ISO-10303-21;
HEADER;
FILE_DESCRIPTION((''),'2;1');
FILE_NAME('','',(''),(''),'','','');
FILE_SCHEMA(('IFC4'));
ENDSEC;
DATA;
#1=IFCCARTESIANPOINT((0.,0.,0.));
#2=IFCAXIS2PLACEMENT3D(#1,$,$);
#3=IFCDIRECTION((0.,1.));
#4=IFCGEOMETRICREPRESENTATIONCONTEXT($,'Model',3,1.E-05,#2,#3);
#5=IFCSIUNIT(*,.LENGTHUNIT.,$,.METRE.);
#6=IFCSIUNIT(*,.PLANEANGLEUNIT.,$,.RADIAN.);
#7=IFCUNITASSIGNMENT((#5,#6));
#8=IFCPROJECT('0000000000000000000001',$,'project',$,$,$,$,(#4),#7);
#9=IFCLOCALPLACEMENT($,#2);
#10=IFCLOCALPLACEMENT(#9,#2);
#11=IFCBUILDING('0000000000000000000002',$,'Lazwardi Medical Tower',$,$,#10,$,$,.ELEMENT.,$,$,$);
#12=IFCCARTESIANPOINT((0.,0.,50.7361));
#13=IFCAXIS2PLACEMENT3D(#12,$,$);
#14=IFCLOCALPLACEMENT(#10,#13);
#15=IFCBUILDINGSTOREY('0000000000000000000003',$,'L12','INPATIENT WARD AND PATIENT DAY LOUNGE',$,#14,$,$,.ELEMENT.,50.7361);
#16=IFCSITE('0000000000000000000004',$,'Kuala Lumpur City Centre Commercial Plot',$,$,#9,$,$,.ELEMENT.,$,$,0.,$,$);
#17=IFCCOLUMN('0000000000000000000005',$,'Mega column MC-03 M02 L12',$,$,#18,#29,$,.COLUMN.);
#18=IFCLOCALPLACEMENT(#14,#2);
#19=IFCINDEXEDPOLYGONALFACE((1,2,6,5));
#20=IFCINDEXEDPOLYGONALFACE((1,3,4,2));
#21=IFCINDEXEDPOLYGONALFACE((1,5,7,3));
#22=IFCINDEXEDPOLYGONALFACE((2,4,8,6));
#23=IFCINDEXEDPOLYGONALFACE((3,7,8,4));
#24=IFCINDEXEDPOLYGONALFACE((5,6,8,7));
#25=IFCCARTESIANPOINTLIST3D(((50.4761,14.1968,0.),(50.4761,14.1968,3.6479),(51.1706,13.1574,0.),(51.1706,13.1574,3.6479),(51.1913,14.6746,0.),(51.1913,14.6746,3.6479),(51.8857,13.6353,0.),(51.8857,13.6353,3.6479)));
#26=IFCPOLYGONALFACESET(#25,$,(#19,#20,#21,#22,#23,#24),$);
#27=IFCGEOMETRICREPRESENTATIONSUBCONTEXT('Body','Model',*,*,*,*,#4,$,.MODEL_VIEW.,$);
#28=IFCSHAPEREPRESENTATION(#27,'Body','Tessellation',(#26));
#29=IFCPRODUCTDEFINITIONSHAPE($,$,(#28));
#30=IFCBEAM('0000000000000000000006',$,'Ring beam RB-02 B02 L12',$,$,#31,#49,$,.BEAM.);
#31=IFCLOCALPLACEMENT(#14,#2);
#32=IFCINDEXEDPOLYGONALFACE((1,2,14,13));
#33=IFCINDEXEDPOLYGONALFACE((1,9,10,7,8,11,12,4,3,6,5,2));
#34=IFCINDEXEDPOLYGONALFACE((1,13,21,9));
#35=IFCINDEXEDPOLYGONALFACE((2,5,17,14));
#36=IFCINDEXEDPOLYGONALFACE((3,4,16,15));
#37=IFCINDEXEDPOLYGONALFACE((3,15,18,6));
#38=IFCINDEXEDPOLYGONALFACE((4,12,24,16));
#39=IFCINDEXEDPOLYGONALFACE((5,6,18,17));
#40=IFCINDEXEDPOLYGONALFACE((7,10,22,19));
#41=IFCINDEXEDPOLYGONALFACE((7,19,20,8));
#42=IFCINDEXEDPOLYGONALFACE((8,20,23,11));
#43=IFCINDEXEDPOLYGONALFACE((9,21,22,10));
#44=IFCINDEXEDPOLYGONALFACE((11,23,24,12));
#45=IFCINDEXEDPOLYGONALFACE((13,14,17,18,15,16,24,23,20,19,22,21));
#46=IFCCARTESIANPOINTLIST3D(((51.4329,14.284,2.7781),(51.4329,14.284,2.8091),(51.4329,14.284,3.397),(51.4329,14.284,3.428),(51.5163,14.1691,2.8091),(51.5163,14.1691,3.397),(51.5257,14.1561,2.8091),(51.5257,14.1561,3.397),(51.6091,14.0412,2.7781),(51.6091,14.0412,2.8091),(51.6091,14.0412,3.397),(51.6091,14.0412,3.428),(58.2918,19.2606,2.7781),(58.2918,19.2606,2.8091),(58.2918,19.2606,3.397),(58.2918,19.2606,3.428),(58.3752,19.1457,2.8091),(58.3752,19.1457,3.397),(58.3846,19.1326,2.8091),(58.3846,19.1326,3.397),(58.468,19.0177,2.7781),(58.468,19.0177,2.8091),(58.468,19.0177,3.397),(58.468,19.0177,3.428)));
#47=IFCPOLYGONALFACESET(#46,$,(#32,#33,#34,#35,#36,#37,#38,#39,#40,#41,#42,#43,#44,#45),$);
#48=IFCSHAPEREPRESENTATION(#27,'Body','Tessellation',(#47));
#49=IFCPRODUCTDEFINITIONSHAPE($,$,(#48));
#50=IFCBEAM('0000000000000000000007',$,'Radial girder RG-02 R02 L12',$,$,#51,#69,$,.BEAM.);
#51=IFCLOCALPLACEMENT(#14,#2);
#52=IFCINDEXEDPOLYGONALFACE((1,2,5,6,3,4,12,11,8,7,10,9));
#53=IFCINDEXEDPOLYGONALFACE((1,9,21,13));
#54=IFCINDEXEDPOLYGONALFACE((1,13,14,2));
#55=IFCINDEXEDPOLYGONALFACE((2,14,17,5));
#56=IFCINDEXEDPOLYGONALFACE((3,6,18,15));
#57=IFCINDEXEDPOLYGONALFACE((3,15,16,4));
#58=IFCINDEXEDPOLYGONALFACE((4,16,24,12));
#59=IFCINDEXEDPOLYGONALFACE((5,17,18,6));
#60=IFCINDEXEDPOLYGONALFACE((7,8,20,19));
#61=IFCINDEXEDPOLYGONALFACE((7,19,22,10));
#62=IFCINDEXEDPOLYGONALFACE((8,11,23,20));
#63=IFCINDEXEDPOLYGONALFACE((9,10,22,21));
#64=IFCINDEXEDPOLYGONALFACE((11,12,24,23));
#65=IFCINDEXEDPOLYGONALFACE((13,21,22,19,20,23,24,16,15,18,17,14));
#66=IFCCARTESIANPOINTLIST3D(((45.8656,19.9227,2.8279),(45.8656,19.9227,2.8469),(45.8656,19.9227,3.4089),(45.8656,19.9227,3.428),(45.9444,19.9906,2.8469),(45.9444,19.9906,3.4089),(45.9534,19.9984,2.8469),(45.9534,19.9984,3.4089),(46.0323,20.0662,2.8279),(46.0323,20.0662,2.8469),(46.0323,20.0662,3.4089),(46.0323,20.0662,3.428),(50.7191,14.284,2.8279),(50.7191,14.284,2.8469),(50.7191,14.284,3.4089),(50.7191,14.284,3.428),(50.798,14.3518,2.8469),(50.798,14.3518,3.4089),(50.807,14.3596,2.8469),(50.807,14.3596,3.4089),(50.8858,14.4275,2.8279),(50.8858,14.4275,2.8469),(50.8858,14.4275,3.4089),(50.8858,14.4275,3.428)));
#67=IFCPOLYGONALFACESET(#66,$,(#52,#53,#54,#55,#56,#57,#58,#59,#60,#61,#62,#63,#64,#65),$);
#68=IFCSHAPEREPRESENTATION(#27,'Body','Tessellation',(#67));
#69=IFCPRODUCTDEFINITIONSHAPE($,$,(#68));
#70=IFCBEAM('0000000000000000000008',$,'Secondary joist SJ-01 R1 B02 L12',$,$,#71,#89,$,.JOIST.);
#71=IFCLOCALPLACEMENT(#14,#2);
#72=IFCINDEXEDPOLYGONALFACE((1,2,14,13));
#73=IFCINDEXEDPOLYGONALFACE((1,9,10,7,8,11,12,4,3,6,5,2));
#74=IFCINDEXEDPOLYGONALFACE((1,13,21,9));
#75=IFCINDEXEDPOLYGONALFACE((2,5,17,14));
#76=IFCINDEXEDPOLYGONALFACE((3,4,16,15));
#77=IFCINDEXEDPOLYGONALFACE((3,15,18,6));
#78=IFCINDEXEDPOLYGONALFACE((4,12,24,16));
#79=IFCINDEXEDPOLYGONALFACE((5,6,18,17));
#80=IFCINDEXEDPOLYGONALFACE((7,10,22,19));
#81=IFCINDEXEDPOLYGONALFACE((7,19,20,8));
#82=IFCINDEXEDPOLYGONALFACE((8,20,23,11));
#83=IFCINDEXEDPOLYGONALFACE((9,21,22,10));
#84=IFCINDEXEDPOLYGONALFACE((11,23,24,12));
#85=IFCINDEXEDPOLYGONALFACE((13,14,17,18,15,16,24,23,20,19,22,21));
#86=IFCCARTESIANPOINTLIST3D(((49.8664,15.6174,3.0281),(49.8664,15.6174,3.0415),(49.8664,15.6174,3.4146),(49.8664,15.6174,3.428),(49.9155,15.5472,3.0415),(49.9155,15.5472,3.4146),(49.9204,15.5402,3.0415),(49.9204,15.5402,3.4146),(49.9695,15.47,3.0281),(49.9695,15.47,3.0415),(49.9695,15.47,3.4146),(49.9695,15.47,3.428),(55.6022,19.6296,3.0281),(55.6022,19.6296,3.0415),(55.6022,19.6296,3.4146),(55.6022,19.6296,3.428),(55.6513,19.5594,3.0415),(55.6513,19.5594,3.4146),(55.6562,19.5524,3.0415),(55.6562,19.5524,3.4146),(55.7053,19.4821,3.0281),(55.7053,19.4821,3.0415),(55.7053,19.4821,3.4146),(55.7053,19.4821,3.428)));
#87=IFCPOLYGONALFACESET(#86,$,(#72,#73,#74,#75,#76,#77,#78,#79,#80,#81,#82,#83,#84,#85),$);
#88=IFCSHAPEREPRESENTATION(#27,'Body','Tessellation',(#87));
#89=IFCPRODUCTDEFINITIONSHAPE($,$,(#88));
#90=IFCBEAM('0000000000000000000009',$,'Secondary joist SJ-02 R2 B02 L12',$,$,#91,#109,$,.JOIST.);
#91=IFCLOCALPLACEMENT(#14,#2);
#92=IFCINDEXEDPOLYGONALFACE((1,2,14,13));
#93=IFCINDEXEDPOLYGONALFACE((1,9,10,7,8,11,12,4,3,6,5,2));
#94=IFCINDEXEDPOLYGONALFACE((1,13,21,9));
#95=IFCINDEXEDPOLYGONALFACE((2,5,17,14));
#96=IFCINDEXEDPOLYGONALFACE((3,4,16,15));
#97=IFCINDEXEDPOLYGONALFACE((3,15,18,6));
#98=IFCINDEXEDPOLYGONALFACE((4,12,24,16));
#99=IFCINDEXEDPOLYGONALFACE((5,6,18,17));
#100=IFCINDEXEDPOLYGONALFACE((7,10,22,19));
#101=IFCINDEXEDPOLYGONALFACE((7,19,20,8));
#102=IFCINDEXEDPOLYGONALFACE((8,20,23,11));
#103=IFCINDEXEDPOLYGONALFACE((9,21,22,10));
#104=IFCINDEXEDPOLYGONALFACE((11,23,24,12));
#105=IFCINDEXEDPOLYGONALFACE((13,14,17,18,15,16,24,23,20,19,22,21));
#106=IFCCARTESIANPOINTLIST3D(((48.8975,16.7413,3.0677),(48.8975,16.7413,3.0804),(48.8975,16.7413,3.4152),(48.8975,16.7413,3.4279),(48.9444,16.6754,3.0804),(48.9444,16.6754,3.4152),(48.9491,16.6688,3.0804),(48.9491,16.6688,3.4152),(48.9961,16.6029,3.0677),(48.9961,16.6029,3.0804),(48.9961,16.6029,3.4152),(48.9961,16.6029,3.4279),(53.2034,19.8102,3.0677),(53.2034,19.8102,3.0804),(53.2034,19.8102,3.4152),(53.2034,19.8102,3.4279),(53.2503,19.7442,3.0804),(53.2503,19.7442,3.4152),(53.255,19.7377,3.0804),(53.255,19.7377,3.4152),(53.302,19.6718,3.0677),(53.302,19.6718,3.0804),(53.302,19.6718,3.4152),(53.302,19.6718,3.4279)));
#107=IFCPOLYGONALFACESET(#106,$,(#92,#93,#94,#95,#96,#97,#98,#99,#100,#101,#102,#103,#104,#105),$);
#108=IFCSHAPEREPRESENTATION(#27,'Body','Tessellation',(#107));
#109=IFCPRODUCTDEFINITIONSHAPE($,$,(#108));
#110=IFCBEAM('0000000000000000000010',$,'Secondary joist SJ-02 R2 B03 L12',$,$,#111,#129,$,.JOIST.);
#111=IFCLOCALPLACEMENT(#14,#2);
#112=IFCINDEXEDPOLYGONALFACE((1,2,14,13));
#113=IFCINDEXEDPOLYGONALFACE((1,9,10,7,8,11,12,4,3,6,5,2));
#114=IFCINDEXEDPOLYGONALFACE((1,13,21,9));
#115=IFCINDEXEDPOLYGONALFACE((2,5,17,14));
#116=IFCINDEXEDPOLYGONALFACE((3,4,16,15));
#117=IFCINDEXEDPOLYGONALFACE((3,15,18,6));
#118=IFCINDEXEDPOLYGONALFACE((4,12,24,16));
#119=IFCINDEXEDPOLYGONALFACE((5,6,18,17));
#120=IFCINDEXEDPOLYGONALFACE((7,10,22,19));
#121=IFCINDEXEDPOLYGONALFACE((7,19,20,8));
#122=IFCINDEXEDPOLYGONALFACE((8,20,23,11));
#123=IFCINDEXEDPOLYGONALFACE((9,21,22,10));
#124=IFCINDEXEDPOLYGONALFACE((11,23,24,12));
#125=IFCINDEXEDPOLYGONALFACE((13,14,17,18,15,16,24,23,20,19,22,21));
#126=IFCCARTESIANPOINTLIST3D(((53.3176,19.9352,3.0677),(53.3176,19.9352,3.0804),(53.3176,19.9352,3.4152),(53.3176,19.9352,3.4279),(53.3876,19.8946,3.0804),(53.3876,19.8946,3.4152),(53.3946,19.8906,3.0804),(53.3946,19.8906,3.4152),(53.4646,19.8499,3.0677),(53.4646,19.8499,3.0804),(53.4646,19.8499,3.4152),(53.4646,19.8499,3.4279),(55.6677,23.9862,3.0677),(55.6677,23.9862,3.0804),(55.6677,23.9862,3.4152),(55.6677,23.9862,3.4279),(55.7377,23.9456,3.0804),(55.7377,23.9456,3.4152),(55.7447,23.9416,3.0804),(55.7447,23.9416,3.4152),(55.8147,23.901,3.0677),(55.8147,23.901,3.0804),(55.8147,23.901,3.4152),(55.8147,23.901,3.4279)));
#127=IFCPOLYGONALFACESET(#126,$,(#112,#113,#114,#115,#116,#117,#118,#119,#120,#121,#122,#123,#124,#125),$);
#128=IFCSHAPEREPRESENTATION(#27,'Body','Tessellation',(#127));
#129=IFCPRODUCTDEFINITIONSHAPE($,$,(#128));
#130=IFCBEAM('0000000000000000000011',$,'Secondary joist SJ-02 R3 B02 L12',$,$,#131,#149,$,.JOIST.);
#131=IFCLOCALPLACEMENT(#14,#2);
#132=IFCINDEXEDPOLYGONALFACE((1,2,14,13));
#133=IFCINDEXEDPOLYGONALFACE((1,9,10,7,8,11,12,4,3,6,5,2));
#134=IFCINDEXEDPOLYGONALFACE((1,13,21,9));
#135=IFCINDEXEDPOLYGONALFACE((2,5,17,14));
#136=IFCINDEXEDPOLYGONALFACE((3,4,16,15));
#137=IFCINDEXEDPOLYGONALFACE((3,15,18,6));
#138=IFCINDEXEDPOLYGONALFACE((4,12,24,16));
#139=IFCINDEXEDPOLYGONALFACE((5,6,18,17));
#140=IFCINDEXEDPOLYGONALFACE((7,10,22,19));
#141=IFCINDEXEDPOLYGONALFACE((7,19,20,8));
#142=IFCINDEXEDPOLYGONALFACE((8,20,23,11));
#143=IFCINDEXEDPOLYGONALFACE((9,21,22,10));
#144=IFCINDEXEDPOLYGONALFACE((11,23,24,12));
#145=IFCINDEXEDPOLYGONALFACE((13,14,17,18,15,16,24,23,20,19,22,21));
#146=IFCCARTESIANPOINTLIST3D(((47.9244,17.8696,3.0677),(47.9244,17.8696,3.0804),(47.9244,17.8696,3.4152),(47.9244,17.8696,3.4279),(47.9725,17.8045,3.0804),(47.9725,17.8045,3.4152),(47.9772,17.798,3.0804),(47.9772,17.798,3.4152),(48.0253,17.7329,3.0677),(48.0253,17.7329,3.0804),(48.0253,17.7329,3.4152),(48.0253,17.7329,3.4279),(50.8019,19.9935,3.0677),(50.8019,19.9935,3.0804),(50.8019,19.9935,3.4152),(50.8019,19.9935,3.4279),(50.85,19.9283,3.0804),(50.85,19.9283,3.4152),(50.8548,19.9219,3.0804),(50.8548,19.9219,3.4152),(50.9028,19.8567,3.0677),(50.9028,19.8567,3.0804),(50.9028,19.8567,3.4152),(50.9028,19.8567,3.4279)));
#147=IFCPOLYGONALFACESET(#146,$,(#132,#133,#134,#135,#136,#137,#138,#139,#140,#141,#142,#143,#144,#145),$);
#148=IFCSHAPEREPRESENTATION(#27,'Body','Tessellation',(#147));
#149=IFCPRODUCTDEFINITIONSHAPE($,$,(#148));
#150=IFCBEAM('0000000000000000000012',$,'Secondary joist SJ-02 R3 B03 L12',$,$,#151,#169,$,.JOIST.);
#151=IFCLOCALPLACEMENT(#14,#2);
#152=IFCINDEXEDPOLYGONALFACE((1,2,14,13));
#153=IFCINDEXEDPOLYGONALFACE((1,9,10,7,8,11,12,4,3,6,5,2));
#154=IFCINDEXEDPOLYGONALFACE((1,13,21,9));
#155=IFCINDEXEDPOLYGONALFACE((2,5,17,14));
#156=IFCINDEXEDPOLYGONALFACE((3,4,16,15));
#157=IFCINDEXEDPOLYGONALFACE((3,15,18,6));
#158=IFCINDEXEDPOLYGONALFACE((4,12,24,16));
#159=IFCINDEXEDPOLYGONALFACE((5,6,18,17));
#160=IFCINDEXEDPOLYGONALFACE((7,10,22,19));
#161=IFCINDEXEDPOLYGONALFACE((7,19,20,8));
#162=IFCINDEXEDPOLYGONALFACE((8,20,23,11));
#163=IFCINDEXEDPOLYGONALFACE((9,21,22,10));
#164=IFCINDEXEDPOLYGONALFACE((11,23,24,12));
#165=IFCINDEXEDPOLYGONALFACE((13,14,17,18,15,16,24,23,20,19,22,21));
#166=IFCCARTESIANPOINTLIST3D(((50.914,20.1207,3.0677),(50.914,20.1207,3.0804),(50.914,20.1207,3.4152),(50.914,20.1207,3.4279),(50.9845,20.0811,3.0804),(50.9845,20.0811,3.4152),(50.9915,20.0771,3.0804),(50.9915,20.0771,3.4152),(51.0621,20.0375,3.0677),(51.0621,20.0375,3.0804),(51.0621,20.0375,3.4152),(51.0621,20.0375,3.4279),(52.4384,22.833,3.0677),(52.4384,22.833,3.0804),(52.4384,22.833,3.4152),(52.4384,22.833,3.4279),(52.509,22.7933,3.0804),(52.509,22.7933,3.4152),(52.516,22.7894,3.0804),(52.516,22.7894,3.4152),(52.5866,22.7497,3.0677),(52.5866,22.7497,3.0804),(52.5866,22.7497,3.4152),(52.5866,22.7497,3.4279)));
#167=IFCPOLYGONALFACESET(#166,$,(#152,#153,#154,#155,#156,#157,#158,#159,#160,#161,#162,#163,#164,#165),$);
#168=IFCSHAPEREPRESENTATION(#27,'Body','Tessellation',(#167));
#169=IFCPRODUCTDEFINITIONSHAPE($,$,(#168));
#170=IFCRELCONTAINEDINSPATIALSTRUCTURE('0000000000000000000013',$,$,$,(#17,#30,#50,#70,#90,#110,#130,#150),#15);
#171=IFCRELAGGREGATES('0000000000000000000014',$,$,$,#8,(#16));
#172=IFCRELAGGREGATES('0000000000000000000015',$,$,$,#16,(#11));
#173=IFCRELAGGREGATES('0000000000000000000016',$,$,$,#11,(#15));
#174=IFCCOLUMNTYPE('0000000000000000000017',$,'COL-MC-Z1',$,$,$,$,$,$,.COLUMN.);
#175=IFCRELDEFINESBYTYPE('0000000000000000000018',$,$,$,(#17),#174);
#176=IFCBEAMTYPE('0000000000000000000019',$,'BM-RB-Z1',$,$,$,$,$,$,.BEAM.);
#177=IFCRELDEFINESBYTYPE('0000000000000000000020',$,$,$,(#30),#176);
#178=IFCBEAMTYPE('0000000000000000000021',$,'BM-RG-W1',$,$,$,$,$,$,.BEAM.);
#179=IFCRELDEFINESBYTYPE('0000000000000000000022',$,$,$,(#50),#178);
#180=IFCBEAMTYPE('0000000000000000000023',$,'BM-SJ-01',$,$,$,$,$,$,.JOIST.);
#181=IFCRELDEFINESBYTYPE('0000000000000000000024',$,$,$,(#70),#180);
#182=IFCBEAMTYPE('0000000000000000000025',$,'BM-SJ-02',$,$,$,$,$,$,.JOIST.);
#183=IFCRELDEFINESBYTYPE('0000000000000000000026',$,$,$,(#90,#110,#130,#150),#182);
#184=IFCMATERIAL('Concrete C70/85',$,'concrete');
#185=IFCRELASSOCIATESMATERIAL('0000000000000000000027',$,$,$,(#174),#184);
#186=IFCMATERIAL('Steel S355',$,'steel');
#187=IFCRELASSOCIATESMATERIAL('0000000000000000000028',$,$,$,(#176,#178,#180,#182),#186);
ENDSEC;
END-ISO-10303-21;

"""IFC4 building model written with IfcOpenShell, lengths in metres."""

from ifc_helpers import new_model, si_unit, direction, frame, origin, origin_2d, place, context, subcontext, project, spatial, rectangle, i_section, extrude, material, material_profile, profile_set, type_object, element, save


model = new_model("IFC4")

# Units and contexts
model_context = context("Model", 3, precision=1e-05, world=origin(), true_north=direction((0.0, 1.0)))
body_context = subcontext(model_context, "Body", "Model", "MODEL_VIEW")
ifc_project = project(units=[si_unit("LENGTHUNIT", "METRE"), si_unit("PLANEANGLEUNIT", "RADIAN")], contexts=[model_context])

# Site, building, storey
site_placement = place(None, origin())
site = spatial("IfcSite", under=ifc_project, at=site_placement, Name="Kuala Lumpur City Centre Commercial Plot", CompositionType="ELEMENT", RefElevation=0.0)
building_placement = place(site_placement, origin())
building = spatial("IfcBuilding", under=site, at=building_placement, Name="Lazwardi Medical Tower", CompositionType="ELEMENT")
storey_placement = place(building_placement, frame((0.0, 0.0, 50.7361)))
storey = spatial("IfcBuildingStorey", under=building, at=storey_placement, Name="L12", Description="INPATIENT WARD AND PATIENT DAY LOUNGE", CompositionType="ELEMENT", Elevation=50.7361)

# Column
ifc_material_1 = material(Name="Concrete C70/85", Category="concrete")
ifc_material_profile_1 = material_profile(ifc_material_1, rectangle(XDim=1.25, YDim=0.8601, at=origin_2d()), Name="CFT-RECT 1250x860")
ifc_profile_set_1 = profile_set([ifc_material_profile_1], Name="Concrete C70/85")
column_type = type_object("IfcColumnType", Name="COL-MC-Z1", PredefinedType="COLUMN", material=ifc_profile_set_1)
column_placement = place(storey_placement, frame((51.1809, 13.916, 0.0), z_axis=(0.0, 0.0, 1.0), x_axis=(0.55557, -0.83147, 0.0)))
element("IfcColumn", 1, at=column_placement, inside=storey, type_object=column_type, Name="Mega column MC-03 M02 L12", PredefinedType="COLUMN", context=body_context, shape_type="SweptSolid", body=[
    extrude(rectangle(XDim=1.25, YDim=0.8601, at=origin_2d()), origin(), (0.0, 0.0, 1.0), 3.6479),
])

# Beams
ifc_material_2 = material(Name="Steel S355", Category="steel")
ifc_material_profile_2 = material_profile(ifc_material_2, i_section(OverallWidth=0.3, OverallDepth=0.6499, WebThickness=0.0161, FlangeThickness=0.031, at=origin_2d()), Name="HEB 650")
ifc_profile_set_2 = profile_set([ifc_material_profile_2], Name="Steel S355")
beam_type_1 = type_object("IfcBeamType", Name="BM-RB-Z1", PredefinedType="BEAM", material=ifc_profile_set_2)
beam_1_placement = place(storey_placement, frame((51.521, 14.1626, 3.103), z_axis=(0.809393, 0.587267, 0.0), x_axis=(-0.587267, 0.809393, 0.0)))
element("IfcBeam", 2, at=beam_1_placement, inside=storey, type_object=beam_type_1, Name="Ring beam RB-02 B02 L12", PredefinedType="BEAM", context=body_context, shape_type="SweptSolid", body=[
    extrude(i_section(OverallWidth=0.3, OverallDepth=0.6499, WebThickness=0.0161, FlangeThickness=0.031, at=origin_2d()), origin(), (0.0, 0.0, 1.0), 8.4741),
])
ifc_material_profile_3 = material_profile(ifc_material_2, i_section(OverallWidth=0.22, OverallDepth=0.6001, WebThickness=0.012, FlangeThickness=0.019, at=origin_2d()), Name="IPE 600")
ifc_profile_set_3 = profile_set([ifc_material_profile_3], Name="Steel S355")
beam_type_2 = type_object("IfcBeamType", Name="BM-RG-W1", PredefinedType="BEAM", material=ifc_profile_set_3)
beam_2_placement = place(storey_placement, frame((50.8025, 14.3557, 3.1279), z_axis=(-0.652368, 0.757902, 0.0), x_axis=(-0.757902, -0.652368, 0.0)))
element("IfcBeam", 3, at=beam_2_placement, inside=storey, type_object=beam_type_2, Name="Radial girder RG-02 R02 L12", PredefinedType="BEAM", context=body_context, shape_type="SweptSolid", body=[
    extrude(i_section(OverallWidth=0.22, OverallDepth=0.6001, WebThickness=0.012, FlangeThickness=0.019, at=origin_2d()), origin(), (0.0, 0.0, 1.0), 7.4399),
])
ifc_material_profile_4 = material_profile(ifc_material_2, i_section(OverallWidth=0.1799, OverallDepth=0.3999, WebThickness=0.0085, FlangeThickness=0.0134, at=origin_2d()), Name="IPE 400")
ifc_profile_set_4 = profile_set([ifc_material_profile_4], Name="Steel S355")
beam_type_3 = type_object("IfcBeamType", Name="BM-SJ-01", PredefinedType="JOIST", material=ifc_profile_set_4)
beam_3_placement = place(storey_placement, frame((49.918, 15.5437, 3.228), z_axis=(0.819425, 0.573186, 0.0), x_axis=(-0.573186, 0.819425, 0.0)))
element("IfcBeam", 4, at=beam_3_placement, inside=storey, type_object=beam_type_3, Name="Secondary joist SJ-01 R1 B02 L12", PredefinedType="JOIST", context=body_context, shape_type="SweptSolid", body=[
    extrude(i_section(OverallWidth=0.1799, OverallDepth=0.3999, WebThickness=0.0085, FlangeThickness=0.0134, at=origin_2d()), origin(), (0.0, 0.0, 1.0), 6.9998),
])
ifc_material_profile_5 = material_profile(ifc_material_2, i_section(OverallWidth=0.1699, OverallDepth=0.3601, WebThickness=0.0081, FlangeThickness=0.0127, at=origin_2d()), Name="IPE 360")
ifc_profile_set_5 = profile_set([ifc_material_profile_5], Name="Steel S355")
beam_type_4 = type_object("IfcBeamType", Name="BM-SJ-02", PredefinedType="JOIST", material=ifc_profile_set_5)
beam_4_placement = place(storey_placement, frame((48.9468, 16.6721, 3.2478), z_axis=(0.814341, 0.580386, 0.0), x_axis=(-0.580386, 0.814341, 0.0)))
element("IfcBeam", 5, at=beam_4_placement, inside=storey, type_object=beam_type_4, Name="Secondary joist SJ-02 R2 B02 L12", PredefinedType="JOIST", context=body_context, shape_type="SweptSolid", body=[
    extrude(i_section(OverallWidth=0.1699, OverallDepth=0.3601, WebThickness=0.0081, FlangeThickness=0.0127, at=origin_2d()), origin(), (0.0, 0.0, 1.0), 5.2876),
])
beam_5_placement = place(storey_placement, frame((53.3911, 19.8926, 3.2478), z_axis=(0.501798, 0.864985, 0.0), x_axis=(-0.864985, 0.501798, 0.0)))
element("IfcBeam", 6, at=beam_5_placement, inside=storey, type_object=beam_type_4, Name="Secondary joist SJ-02 R2 B03 L12", PredefinedType="JOIST", context=body_context, shape_type="SweptSolid", body=[
    extrude(i_section(OverallWidth=0.1699, OverallDepth=0.3601, WebThickness=0.0081, FlangeThickness=0.0127, at=origin_2d()), origin(), (0.0, 0.0, 1.0), 4.6833),
])
beam_6_placement = place(storey_placement, frame((47.9749, 17.8013, 3.2478), z_axis=(0.80458, 0.593844, 0.0), x_axis=(-0.593844, 0.80458, 0.0)))
element("IfcBeam", 7, at=beam_6_placement, inside=storey, type_object=beam_type_4, Name="Secondary joist SJ-02 R3 B02 L12", PredefinedType="JOIST", context=body_context, shape_type="SweptSolid", body=[
    extrude(i_section(OverallWidth=0.1699, OverallDepth=0.3601, WebThickness=0.0081, FlangeThickness=0.0127, at=origin_2d()), origin(), (0.0, 0.0, 1.0), 3.5764),
])
beam_7_placement = place(storey_placement, frame((50.988, 20.0791, 3.2478), z_axis=(0.489974, 0.871737, 0.0), x_axis=(-0.871737, 0.489974, 0.0)))
element("IfcBeam", 8, at=beam_7_placement, inside=storey, type_object=beam_type_4, Name="Secondary joist SJ-02 R3 B03 L12", PredefinedType="JOIST", context=body_context, shape_type="SweptSolid", body=[
    extrude(i_section(OverallWidth=0.1699, OverallDepth=0.3601, WebThickness=0.0081, FlangeThickness=0.0127, at=origin_2d()), origin(), (0.0, 0.0, 1.0), 3.1113),
])

save(model, "model.ifc")
